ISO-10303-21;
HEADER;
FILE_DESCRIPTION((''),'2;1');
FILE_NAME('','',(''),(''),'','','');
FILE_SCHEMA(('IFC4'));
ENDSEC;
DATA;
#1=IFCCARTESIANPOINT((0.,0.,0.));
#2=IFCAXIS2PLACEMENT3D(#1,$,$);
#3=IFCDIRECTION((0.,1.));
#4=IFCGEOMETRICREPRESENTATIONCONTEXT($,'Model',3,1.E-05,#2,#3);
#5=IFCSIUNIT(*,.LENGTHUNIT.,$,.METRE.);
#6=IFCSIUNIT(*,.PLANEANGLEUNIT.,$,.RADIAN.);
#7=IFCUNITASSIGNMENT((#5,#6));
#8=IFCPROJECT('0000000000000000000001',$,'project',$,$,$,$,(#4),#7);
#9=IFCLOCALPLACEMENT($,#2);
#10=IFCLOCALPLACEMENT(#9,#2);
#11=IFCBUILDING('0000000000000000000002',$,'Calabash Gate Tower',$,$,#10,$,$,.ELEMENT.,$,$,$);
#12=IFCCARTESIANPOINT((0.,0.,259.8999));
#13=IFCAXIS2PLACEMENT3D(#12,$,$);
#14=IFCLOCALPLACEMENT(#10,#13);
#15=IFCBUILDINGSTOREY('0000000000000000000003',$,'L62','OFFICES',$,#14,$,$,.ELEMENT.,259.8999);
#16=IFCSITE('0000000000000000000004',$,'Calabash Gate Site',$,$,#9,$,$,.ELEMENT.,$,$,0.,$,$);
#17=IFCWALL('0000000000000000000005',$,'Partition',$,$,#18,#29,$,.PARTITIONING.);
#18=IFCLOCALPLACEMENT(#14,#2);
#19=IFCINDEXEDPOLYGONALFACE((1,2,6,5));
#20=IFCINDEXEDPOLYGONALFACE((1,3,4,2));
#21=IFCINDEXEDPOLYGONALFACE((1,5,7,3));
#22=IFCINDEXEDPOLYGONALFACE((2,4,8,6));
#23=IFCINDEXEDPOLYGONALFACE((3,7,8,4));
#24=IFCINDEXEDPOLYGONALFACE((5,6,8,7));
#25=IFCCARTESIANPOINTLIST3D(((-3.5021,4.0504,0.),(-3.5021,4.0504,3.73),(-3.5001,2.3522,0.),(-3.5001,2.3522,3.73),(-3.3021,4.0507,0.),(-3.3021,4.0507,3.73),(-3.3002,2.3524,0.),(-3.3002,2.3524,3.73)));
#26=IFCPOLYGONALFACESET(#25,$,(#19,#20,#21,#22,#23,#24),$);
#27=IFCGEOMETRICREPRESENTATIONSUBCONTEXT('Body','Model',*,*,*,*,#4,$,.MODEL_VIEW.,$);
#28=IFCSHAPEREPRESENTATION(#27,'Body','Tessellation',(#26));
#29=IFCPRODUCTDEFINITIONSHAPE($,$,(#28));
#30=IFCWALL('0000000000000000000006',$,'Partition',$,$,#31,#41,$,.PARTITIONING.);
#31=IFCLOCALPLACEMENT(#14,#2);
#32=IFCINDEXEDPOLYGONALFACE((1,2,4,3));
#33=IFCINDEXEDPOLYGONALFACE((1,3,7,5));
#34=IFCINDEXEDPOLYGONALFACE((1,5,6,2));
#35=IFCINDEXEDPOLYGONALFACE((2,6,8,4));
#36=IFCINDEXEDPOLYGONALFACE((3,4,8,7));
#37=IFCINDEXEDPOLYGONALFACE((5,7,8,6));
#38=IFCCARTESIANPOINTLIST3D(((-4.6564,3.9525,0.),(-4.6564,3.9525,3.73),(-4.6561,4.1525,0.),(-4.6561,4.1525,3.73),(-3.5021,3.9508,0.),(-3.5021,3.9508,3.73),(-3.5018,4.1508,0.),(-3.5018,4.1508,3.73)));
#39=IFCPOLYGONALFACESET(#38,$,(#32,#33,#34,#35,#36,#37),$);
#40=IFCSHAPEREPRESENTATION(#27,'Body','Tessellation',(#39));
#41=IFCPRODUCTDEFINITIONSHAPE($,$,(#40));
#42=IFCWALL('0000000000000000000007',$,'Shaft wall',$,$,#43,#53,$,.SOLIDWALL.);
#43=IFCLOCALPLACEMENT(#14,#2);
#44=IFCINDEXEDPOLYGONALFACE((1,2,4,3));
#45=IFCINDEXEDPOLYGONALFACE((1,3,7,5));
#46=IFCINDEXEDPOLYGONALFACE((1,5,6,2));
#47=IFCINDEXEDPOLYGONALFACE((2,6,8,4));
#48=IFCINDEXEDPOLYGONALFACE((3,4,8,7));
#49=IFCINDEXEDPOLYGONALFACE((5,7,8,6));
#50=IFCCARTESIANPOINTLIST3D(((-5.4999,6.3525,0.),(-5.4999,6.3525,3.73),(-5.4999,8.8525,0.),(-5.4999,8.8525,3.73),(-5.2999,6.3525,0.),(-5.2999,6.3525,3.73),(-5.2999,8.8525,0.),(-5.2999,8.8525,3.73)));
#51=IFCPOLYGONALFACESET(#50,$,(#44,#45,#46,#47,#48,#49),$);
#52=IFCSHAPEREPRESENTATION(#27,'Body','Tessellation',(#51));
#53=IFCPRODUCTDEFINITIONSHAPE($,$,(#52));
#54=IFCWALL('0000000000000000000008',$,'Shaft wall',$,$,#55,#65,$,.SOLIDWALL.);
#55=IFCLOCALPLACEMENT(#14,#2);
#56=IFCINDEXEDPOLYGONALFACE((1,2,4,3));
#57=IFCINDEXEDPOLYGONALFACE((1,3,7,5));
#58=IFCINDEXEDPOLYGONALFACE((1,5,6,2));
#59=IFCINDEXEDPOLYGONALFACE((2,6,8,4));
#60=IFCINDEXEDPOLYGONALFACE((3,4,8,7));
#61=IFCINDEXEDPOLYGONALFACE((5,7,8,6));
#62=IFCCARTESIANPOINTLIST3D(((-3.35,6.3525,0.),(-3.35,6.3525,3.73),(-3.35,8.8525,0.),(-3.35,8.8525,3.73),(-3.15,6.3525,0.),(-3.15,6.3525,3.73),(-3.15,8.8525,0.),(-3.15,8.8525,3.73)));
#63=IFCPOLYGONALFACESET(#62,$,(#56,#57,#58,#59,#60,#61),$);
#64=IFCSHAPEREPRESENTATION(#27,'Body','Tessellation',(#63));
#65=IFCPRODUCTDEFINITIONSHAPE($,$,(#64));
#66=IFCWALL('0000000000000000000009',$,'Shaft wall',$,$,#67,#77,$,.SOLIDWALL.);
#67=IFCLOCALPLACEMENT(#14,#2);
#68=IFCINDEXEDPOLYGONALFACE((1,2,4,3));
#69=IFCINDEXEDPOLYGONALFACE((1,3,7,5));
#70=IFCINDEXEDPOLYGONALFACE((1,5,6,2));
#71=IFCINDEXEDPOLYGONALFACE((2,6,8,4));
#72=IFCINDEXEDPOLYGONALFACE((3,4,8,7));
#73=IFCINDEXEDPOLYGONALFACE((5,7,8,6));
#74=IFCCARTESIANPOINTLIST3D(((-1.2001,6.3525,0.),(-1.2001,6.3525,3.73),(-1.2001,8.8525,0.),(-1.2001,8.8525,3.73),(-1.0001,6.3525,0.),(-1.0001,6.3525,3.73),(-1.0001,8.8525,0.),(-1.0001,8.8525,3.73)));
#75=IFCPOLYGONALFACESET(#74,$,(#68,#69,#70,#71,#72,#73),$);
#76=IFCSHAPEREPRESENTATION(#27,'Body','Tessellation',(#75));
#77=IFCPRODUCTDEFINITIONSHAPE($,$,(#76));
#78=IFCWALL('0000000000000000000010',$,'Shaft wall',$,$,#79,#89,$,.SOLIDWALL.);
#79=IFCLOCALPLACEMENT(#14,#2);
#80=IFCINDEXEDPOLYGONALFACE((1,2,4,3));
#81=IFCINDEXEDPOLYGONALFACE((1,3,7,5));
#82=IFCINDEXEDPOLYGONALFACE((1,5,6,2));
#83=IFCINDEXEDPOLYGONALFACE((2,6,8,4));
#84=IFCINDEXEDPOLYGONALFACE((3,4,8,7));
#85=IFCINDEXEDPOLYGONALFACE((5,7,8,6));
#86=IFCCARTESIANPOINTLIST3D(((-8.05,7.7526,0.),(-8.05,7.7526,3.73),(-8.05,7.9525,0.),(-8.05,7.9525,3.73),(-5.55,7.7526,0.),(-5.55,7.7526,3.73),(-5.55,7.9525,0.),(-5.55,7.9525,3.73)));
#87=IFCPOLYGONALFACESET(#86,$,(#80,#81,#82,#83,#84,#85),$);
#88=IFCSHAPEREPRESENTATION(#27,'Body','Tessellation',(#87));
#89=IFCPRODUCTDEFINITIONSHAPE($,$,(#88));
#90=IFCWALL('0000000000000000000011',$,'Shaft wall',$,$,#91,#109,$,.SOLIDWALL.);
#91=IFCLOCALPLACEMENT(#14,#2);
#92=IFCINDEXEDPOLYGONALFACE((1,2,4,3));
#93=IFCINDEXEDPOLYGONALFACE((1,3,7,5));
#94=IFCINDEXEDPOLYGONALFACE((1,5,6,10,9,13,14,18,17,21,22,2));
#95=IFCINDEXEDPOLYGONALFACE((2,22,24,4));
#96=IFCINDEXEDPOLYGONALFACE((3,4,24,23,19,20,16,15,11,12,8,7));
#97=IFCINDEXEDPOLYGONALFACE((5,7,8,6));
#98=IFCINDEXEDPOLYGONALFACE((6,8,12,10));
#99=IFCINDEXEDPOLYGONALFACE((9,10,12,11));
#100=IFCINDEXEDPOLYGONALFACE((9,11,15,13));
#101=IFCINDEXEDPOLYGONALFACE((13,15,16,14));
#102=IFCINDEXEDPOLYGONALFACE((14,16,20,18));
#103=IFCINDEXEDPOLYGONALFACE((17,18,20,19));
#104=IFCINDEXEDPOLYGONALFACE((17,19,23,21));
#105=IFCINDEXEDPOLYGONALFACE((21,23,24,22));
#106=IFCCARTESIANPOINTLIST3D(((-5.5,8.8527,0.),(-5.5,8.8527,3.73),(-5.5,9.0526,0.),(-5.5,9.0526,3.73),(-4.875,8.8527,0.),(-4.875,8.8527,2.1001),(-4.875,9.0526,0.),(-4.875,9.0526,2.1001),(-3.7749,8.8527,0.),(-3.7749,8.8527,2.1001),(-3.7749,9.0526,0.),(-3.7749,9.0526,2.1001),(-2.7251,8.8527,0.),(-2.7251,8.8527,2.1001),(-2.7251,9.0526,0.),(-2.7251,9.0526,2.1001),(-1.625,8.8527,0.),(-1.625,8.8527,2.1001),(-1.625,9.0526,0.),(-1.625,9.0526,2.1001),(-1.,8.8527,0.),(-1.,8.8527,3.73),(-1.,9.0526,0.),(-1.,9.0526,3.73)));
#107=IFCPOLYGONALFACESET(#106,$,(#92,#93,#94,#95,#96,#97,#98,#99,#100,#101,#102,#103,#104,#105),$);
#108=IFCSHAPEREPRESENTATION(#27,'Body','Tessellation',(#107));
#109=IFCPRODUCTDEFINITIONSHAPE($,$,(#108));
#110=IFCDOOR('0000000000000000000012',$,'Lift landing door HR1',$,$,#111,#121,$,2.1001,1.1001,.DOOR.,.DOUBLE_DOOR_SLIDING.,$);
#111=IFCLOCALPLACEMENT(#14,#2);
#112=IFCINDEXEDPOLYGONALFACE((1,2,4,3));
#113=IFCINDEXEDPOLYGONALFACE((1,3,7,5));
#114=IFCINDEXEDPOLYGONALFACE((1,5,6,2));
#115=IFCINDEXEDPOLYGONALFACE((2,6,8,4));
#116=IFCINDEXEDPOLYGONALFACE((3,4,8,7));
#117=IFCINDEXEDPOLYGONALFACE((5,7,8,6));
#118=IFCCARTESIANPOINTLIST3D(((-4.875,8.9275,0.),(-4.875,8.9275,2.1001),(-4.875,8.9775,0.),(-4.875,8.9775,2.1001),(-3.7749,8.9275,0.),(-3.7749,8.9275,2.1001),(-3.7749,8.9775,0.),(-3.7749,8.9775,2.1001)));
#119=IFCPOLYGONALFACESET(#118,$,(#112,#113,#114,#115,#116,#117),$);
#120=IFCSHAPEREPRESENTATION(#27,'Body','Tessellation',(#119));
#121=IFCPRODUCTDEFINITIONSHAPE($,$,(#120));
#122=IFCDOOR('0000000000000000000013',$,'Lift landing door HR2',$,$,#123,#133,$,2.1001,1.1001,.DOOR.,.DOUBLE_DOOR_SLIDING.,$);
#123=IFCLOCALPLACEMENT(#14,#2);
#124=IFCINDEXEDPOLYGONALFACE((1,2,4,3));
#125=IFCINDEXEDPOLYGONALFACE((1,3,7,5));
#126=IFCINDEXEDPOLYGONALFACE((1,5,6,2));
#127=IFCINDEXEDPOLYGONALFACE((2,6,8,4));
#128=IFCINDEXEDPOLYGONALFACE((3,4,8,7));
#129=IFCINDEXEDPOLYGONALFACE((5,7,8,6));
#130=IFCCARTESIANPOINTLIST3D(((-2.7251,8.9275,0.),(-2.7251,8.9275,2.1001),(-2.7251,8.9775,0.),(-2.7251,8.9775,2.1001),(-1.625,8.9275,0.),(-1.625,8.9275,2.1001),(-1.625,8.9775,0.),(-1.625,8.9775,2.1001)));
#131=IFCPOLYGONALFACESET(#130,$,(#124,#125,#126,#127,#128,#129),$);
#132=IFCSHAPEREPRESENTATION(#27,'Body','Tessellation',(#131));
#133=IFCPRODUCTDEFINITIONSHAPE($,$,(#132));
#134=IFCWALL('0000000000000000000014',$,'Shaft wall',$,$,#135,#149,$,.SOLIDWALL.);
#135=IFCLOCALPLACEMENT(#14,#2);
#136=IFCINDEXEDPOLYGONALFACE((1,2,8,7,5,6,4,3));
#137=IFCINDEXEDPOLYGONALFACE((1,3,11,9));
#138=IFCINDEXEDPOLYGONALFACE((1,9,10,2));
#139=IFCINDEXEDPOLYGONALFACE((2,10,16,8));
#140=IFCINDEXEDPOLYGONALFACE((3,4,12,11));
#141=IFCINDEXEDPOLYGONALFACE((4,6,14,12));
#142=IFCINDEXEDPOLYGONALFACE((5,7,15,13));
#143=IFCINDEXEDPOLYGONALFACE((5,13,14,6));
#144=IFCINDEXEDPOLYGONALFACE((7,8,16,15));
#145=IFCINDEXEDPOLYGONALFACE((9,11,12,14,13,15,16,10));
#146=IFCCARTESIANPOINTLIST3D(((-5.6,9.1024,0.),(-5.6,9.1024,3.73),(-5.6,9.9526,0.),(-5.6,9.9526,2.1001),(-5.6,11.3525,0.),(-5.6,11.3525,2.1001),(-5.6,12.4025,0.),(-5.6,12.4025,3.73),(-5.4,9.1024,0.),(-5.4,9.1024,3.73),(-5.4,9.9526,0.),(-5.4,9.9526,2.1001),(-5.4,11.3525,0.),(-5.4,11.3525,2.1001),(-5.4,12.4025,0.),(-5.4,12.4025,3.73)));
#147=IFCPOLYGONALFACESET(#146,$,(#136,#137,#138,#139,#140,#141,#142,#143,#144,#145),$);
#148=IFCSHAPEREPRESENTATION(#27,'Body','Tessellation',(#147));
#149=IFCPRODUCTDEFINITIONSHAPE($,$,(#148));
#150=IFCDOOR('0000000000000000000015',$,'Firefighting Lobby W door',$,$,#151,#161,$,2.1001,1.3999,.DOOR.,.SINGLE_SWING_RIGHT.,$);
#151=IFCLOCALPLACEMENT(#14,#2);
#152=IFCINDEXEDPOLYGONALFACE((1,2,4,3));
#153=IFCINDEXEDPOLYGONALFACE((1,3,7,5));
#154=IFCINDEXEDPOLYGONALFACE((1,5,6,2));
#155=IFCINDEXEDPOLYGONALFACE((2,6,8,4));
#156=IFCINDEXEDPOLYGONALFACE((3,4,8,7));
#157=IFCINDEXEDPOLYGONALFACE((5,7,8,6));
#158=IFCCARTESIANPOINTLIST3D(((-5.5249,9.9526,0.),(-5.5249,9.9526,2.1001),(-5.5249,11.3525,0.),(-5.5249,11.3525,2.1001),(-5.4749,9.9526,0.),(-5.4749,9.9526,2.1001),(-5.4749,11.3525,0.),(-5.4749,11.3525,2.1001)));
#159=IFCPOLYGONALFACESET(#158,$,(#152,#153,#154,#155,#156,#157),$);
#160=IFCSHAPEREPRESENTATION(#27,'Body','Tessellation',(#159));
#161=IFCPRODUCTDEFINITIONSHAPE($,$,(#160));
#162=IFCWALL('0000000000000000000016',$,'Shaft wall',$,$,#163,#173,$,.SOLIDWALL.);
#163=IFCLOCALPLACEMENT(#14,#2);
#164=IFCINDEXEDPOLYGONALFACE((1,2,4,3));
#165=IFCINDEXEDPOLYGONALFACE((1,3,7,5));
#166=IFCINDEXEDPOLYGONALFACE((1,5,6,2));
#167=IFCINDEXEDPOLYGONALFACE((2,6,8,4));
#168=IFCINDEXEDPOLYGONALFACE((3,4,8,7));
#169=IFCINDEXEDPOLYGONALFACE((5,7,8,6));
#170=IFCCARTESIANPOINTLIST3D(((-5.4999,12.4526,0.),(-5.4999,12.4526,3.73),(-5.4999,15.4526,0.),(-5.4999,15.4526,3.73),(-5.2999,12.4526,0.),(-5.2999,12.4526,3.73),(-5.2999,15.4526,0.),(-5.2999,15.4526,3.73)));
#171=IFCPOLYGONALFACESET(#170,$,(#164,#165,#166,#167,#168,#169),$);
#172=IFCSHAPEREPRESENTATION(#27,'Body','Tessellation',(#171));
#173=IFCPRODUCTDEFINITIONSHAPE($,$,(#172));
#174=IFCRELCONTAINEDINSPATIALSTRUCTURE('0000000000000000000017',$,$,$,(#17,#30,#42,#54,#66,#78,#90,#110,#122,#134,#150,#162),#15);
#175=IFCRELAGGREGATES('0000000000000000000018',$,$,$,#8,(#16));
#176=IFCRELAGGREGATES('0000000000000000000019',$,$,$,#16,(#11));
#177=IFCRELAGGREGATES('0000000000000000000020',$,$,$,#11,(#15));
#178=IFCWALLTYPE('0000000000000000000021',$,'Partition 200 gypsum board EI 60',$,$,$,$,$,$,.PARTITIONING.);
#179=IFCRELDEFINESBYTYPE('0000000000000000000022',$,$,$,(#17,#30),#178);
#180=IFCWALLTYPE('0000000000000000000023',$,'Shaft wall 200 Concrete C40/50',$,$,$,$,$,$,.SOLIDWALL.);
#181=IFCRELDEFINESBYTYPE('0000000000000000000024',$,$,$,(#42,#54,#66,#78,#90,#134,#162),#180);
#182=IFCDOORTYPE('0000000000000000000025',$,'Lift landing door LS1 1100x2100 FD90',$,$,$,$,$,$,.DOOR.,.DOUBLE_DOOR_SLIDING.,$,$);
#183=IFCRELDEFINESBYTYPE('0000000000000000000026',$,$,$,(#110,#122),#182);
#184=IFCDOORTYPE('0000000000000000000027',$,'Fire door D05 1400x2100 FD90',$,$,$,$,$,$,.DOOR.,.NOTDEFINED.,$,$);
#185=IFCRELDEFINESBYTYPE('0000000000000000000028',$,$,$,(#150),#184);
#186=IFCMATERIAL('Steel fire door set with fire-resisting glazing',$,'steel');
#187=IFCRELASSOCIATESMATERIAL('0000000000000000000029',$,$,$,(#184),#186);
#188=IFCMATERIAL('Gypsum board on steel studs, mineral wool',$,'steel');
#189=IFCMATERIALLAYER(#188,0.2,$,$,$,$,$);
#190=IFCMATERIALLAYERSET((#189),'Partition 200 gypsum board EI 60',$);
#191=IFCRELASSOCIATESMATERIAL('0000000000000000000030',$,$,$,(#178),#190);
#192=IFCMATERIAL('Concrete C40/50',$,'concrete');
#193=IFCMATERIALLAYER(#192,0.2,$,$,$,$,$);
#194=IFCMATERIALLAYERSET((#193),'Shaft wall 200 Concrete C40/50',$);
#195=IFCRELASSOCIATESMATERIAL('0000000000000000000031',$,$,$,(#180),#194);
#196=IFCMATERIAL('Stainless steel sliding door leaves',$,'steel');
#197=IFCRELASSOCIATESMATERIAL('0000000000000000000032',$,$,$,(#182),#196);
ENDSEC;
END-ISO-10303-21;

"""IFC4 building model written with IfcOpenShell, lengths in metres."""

from ifc_helpers import new_model, si_unit, direction, frame, frame_2d, origin, place, context, subcontext, project, spatial, rectangle, extrude, material, layer, layer_set, type_object, element, fill, save


model = new_model("IFC4")

# Units and contexts
model_context = context("Model", 3, precision=1e-05, world=origin(), true_north=direction((0.0, 1.0)))
body_context = subcontext(model_context, "Body", "Model", "MODEL_VIEW")
ifc_project = project(units=[si_unit("LENGTHUNIT", "METRE"), si_unit("PLANEANGLEUNIT", "RADIAN")], contexts=[model_context])

# Site, building, storey
site_placement = place(None, origin())
site = spatial("IfcSite", under=ifc_project, at=site_placement, Name="Calabash Gate Site", CompositionType="ELEMENT", RefElevation=0.0)
building_placement = place(site_placement, origin())
building = spatial("IfcBuilding", under=site, at=building_placement, Name="Calabash Gate Tower", CompositionType="ELEMENT")
storey_placement = place(building_placement, frame((0.0, 0.0, 259.8999)))
storey = spatial("IfcBuildingStorey", under=building, at=storey_placement, Name="L62", Description="OFFICES", CompositionType="ELEMENT", Elevation=259.8999)

# Shared definitions
ifc_material_1 = material(Name="Steel fire door set with fire-resisting glazing", Category="steel")
door_type_1 = type_object("IfcDoorType", Name="Fire door D05 1400x2100 FD90", OperationType="NOTDEFINED", PredefinedType="DOOR", material=ifc_material_1)

# Walls
ifc_material_2 = material(Name="Gypsum board on steel studs, mineral wool", Category="steel")
ifc_layer_1 = layer(ifc_material_2, 0.2)
ifc_layer_set_1 = layer_set([ifc_layer_1], Name="Partition 200 gypsum board EI 60")
wall_type_1 = type_object("IfcWallType", Name="Partition 200 gypsum board EI 60", PredefinedType="PARTITIONING", material=ifc_layer_set_1)
wall_1_placement = place(storey_placement, frame((-3.4021, 4.0505, 0.0), z_axis=(0.0, 0.0, 1.0), x_axis=(0.00115, -0.999999, 0.0)))
element("IfcWall", 1, at=wall_1_placement, inside=storey, type_object=wall_type_1, Name="Partition", PredefinedType="PARTITIONING", context=body_context, shape_type="SweptSolid", body=[
    extrude(rectangle(XDim=1.6982, YDim=0.2, at=frame_2d((0.8491, 0.0))), origin(), (0.0, 0.0, 1.0), 3.73),
])
wall_2_placement = place(storey_placement, frame((-4.6562, 4.0525, 0.0), z_axis=(0.0, 0.0, 1.0), x_axis=(0.999999, -0.001481, 0.0)))
element("IfcWall", 2, at=wall_2_placement, inside=storey, type_object=wall_type_1, Name="Partition", PredefinedType="PARTITIONING", context=body_context, shape_type="SweptSolid", body=[
    extrude(rectangle(XDim=1.1543, YDim=0.2, at=frame_2d((0.5771, 0.0))), origin(), (0.0, 0.0, 1.0), 3.73),
])
ifc_material_3 = material(Name="Concrete C40/50", Category="concrete")
ifc_layer_2 = layer(ifc_material_3, 0.2)
ifc_layer_set_2 = layer_set([ifc_layer_2], Name="Shaft wall 200 Concrete C40/50")
wall_type_2 = type_object("IfcWallType", Name="Shaft wall 200 Concrete C40/50", PredefinedType="SOLIDWALL", material=ifc_layer_set_2)
for number, where, z_axis, x_axis, name in (
    (3, (-5.3999, 6.3525, 0.0), (0.0, 0.0, 1.0), (0.0, 1.0, 0.0), "Shaft wall"),
    (4, (-3.25, 6.3525, 0.0), (0.0, 0.0, 1.0), (0.0, 1.0, 0.0), "Shaft wall"),
    (5, (-1.1001, 6.3525, 0.0), (0.0, 0.0, 1.0), (0.0, 1.0, 0.0), "Shaft wall"),
    (6, (-8.05, 7.8525, 0.0), (0.0, 0.0, 1.0), (1.0, 0.0, 0.0), "Shaft wall"),
):
    element("IfcWall", number, at=place(storey_placement, frame(where, z_axis=z_axis, x_axis=x_axis)), inside=storey, type_object=wall_type_2, Name=name, PredefinedType="SOLIDWALL", context=body_context, shape_type="SweptSolid", body=[
        extrude(rectangle(XDim=2.5, YDim=0.2, at=frame_2d((1.25, 0.0))), origin(), (0.0, 0.0, 1.0), 3.73),
    ])

# Wall, openings, doors
wall_3_placement = place(storey_placement, frame((-5.5, 8.9526, 0.0), z_axis=(0.0, 0.0, 1.0), x_axis=(1.0, 0.0, 0.0)))
wall_3 = element("IfcWall", 7, at=wall_3_placement, inside=storey, type_object=wall_type_2, Name="Shaft wall", PredefinedType="SOLIDWALL", context=body_context, shape_type="SweptSolid", body=[
    extrude(rectangle(XDim=4.5, YDim=0.2, at=frame_2d((2.25, 0.0))), origin(), (0.0, 0.0, 1.0), 3.73),
])
opening_1_placement = place(wall_3_placement, frame((0.625, 0.0, 0.0)))
opening_1 = element("IfcOpeningElement", 8, at=opening_1_placement, cuts=wall_3, PredefinedType="OPENING", context=body_context, shape_type="SweptSolid", body=[
    extrude(rectangle(XDim=1.1001, YDim=2.1001, at=frame_2d((0.55, 1.05))), frame((0.0, 0.1099, 0.0), z_axis=(0.0, -1.0, 0.0), x_axis=(1.0, 0.0, 0.0)), (0.0, 0.0, 1.0), 0.22),
])
opening_2_placement = place(wall_3_placement, frame((2.7749, 0.0, 0.0)))
opening_2 = element("IfcOpeningElement", 9, at=opening_2_placement, cuts=wall_3, PredefinedType="OPENING", context=body_context, shape_type="SweptSolid", body=[
    extrude(rectangle(XDim=1.1001, YDim=2.1001, at=frame_2d((0.55, 1.05))), frame((0.0, 0.1099, 0.0), z_axis=(0.0, -1.0, 0.0), x_axis=(1.0, 0.0, 0.0)), (0.0, 0.0, 1.0), 0.22),
])
ifc_material_4 = material(Name="Stainless steel sliding door leaves", Category="steel")
door_type_2 = type_object("IfcDoorType", Name="Lift landing door LS1 1100x2100 FD90", OperationType="DOUBLE_DOOR_SLIDING", PredefinedType="DOOR", material=ifc_material_4)
door_1_placement = place(opening_1_placement, origin())
door_1 = element("IfcDoor", 10, at=door_1_placement, inside=storey, type_object=door_type_2, Name="Lift landing door HR1", OperationType="DOUBLE_DOOR_SLIDING", OverallHeight=2.1001, OverallWidth=1.1001, PredefinedType="DOOR", context=body_context, shape_type="SweptSolid", body=[
    extrude(rectangle(XDim=1.1001, YDim=2.1001, at=frame_2d((0.55, 1.05))), frame((0.0, 0.0249, 0.0), z_axis=(0.0, -1.0, 0.0), x_axis=(1.0, 0.0, 0.0)), (0.0, 0.0, 1.0), 0.05),
])
fill(opening_1, door_1)
door_2_placement = place(opening_2_placement, origin())
door_2 = element("IfcDoor", 11, at=door_2_placement, inside=storey, type_object=door_type_2, Name="Lift landing door HR2", OperationType="DOUBLE_DOOR_SLIDING", OverallHeight=2.1001, OverallWidth=1.1001, PredefinedType="DOOR", context=body_context, shape_type="SweptSolid", body=[
    extrude(rectangle(XDim=1.1001, YDim=2.1001, at=frame_2d((0.55, 1.05))), frame((0.0, 0.0249, 0.0), z_axis=(0.0, -1.0, 0.0), x_axis=(1.0, 0.0, 0.0)), (0.0, 0.0, 1.0), 0.05),
])
fill(opening_2, door_2)

# Wall, opening, door
wall_4_placement = place(storey_placement, frame((-5.5, 9.1025, 0.0), z_axis=(0.0, 0.0, 1.0), x_axis=(0.0, 1.0, 0.0)))
wall_4 = element("IfcWall", 12, at=wall_4_placement, inside=storey, type_object=wall_type_2, Name="Shaft wall", PredefinedType="SOLIDWALL", context=body_context, shape_type="SweptSolid", body=[
    extrude(rectangle(XDim=3.3, YDim=0.2, at=frame_2d((1.6499, 0.0))), origin(), (0.0, 0.0, 1.0), 3.73),
])
opening_3_placement = place(wall_4_placement, frame((0.8501, 0.0, 0.0)))
opening_3 = element("IfcOpeningElement", 13, at=opening_3_placement, cuts=wall_4, PredefinedType="OPENING", context=body_context, shape_type="SweptSolid", body=[
    extrude(rectangle(XDim=1.3999, YDim=2.1001, at=frame_2d((0.7, 1.05))), frame((0.0, 0.1099, 0.0), z_axis=(0.0, -1.0, 0.0), x_axis=(1.0, 0.0, 0.0)), (0.0, 0.0, 1.0), 0.22),
])
door_3_placement = place(opening_3_placement, origin())
door_3 = element("IfcDoor", 14, at=door_3_placement, inside=storey, type_object=door_type_1, Name="Firefighting Lobby W door", OperationType="SINGLE_SWING_RIGHT", OverallHeight=2.1001, OverallWidth=1.3999, PredefinedType="DOOR", context=body_context, shape_type="SweptSolid", body=[
    extrude(rectangle(XDim=1.3999, YDim=2.1001, at=frame_2d((0.7, 1.05))), frame((0.0, 0.0249, 0.0), z_axis=(0.0, -1.0, 0.0), x_axis=(1.0, 0.0, 0.0)), (0.0, 0.0, 1.0), 0.05),
])
fill(opening_3, door_3)

# Wall
wall_5_placement = place(storey_placement, frame((-5.3999, 12.4526, 0.0), z_axis=(0.0, 0.0, 1.0), x_axis=(0.0, 1.0, 0.0)))
element("IfcWall", 15, at=wall_5_placement, inside=storey, type_object=wall_type_2, Name="Shaft wall", PredefinedType="SOLIDWALL", context=body_context, shape_type="SweptSolid", body=[
    extrude(rectangle(XDim=3.0, YDim=0.2, at=frame_2d((1.5, 0.0))), origin(), (0.0, 0.0, 1.0), 3.73),
])

save(model, "model.ifc")
